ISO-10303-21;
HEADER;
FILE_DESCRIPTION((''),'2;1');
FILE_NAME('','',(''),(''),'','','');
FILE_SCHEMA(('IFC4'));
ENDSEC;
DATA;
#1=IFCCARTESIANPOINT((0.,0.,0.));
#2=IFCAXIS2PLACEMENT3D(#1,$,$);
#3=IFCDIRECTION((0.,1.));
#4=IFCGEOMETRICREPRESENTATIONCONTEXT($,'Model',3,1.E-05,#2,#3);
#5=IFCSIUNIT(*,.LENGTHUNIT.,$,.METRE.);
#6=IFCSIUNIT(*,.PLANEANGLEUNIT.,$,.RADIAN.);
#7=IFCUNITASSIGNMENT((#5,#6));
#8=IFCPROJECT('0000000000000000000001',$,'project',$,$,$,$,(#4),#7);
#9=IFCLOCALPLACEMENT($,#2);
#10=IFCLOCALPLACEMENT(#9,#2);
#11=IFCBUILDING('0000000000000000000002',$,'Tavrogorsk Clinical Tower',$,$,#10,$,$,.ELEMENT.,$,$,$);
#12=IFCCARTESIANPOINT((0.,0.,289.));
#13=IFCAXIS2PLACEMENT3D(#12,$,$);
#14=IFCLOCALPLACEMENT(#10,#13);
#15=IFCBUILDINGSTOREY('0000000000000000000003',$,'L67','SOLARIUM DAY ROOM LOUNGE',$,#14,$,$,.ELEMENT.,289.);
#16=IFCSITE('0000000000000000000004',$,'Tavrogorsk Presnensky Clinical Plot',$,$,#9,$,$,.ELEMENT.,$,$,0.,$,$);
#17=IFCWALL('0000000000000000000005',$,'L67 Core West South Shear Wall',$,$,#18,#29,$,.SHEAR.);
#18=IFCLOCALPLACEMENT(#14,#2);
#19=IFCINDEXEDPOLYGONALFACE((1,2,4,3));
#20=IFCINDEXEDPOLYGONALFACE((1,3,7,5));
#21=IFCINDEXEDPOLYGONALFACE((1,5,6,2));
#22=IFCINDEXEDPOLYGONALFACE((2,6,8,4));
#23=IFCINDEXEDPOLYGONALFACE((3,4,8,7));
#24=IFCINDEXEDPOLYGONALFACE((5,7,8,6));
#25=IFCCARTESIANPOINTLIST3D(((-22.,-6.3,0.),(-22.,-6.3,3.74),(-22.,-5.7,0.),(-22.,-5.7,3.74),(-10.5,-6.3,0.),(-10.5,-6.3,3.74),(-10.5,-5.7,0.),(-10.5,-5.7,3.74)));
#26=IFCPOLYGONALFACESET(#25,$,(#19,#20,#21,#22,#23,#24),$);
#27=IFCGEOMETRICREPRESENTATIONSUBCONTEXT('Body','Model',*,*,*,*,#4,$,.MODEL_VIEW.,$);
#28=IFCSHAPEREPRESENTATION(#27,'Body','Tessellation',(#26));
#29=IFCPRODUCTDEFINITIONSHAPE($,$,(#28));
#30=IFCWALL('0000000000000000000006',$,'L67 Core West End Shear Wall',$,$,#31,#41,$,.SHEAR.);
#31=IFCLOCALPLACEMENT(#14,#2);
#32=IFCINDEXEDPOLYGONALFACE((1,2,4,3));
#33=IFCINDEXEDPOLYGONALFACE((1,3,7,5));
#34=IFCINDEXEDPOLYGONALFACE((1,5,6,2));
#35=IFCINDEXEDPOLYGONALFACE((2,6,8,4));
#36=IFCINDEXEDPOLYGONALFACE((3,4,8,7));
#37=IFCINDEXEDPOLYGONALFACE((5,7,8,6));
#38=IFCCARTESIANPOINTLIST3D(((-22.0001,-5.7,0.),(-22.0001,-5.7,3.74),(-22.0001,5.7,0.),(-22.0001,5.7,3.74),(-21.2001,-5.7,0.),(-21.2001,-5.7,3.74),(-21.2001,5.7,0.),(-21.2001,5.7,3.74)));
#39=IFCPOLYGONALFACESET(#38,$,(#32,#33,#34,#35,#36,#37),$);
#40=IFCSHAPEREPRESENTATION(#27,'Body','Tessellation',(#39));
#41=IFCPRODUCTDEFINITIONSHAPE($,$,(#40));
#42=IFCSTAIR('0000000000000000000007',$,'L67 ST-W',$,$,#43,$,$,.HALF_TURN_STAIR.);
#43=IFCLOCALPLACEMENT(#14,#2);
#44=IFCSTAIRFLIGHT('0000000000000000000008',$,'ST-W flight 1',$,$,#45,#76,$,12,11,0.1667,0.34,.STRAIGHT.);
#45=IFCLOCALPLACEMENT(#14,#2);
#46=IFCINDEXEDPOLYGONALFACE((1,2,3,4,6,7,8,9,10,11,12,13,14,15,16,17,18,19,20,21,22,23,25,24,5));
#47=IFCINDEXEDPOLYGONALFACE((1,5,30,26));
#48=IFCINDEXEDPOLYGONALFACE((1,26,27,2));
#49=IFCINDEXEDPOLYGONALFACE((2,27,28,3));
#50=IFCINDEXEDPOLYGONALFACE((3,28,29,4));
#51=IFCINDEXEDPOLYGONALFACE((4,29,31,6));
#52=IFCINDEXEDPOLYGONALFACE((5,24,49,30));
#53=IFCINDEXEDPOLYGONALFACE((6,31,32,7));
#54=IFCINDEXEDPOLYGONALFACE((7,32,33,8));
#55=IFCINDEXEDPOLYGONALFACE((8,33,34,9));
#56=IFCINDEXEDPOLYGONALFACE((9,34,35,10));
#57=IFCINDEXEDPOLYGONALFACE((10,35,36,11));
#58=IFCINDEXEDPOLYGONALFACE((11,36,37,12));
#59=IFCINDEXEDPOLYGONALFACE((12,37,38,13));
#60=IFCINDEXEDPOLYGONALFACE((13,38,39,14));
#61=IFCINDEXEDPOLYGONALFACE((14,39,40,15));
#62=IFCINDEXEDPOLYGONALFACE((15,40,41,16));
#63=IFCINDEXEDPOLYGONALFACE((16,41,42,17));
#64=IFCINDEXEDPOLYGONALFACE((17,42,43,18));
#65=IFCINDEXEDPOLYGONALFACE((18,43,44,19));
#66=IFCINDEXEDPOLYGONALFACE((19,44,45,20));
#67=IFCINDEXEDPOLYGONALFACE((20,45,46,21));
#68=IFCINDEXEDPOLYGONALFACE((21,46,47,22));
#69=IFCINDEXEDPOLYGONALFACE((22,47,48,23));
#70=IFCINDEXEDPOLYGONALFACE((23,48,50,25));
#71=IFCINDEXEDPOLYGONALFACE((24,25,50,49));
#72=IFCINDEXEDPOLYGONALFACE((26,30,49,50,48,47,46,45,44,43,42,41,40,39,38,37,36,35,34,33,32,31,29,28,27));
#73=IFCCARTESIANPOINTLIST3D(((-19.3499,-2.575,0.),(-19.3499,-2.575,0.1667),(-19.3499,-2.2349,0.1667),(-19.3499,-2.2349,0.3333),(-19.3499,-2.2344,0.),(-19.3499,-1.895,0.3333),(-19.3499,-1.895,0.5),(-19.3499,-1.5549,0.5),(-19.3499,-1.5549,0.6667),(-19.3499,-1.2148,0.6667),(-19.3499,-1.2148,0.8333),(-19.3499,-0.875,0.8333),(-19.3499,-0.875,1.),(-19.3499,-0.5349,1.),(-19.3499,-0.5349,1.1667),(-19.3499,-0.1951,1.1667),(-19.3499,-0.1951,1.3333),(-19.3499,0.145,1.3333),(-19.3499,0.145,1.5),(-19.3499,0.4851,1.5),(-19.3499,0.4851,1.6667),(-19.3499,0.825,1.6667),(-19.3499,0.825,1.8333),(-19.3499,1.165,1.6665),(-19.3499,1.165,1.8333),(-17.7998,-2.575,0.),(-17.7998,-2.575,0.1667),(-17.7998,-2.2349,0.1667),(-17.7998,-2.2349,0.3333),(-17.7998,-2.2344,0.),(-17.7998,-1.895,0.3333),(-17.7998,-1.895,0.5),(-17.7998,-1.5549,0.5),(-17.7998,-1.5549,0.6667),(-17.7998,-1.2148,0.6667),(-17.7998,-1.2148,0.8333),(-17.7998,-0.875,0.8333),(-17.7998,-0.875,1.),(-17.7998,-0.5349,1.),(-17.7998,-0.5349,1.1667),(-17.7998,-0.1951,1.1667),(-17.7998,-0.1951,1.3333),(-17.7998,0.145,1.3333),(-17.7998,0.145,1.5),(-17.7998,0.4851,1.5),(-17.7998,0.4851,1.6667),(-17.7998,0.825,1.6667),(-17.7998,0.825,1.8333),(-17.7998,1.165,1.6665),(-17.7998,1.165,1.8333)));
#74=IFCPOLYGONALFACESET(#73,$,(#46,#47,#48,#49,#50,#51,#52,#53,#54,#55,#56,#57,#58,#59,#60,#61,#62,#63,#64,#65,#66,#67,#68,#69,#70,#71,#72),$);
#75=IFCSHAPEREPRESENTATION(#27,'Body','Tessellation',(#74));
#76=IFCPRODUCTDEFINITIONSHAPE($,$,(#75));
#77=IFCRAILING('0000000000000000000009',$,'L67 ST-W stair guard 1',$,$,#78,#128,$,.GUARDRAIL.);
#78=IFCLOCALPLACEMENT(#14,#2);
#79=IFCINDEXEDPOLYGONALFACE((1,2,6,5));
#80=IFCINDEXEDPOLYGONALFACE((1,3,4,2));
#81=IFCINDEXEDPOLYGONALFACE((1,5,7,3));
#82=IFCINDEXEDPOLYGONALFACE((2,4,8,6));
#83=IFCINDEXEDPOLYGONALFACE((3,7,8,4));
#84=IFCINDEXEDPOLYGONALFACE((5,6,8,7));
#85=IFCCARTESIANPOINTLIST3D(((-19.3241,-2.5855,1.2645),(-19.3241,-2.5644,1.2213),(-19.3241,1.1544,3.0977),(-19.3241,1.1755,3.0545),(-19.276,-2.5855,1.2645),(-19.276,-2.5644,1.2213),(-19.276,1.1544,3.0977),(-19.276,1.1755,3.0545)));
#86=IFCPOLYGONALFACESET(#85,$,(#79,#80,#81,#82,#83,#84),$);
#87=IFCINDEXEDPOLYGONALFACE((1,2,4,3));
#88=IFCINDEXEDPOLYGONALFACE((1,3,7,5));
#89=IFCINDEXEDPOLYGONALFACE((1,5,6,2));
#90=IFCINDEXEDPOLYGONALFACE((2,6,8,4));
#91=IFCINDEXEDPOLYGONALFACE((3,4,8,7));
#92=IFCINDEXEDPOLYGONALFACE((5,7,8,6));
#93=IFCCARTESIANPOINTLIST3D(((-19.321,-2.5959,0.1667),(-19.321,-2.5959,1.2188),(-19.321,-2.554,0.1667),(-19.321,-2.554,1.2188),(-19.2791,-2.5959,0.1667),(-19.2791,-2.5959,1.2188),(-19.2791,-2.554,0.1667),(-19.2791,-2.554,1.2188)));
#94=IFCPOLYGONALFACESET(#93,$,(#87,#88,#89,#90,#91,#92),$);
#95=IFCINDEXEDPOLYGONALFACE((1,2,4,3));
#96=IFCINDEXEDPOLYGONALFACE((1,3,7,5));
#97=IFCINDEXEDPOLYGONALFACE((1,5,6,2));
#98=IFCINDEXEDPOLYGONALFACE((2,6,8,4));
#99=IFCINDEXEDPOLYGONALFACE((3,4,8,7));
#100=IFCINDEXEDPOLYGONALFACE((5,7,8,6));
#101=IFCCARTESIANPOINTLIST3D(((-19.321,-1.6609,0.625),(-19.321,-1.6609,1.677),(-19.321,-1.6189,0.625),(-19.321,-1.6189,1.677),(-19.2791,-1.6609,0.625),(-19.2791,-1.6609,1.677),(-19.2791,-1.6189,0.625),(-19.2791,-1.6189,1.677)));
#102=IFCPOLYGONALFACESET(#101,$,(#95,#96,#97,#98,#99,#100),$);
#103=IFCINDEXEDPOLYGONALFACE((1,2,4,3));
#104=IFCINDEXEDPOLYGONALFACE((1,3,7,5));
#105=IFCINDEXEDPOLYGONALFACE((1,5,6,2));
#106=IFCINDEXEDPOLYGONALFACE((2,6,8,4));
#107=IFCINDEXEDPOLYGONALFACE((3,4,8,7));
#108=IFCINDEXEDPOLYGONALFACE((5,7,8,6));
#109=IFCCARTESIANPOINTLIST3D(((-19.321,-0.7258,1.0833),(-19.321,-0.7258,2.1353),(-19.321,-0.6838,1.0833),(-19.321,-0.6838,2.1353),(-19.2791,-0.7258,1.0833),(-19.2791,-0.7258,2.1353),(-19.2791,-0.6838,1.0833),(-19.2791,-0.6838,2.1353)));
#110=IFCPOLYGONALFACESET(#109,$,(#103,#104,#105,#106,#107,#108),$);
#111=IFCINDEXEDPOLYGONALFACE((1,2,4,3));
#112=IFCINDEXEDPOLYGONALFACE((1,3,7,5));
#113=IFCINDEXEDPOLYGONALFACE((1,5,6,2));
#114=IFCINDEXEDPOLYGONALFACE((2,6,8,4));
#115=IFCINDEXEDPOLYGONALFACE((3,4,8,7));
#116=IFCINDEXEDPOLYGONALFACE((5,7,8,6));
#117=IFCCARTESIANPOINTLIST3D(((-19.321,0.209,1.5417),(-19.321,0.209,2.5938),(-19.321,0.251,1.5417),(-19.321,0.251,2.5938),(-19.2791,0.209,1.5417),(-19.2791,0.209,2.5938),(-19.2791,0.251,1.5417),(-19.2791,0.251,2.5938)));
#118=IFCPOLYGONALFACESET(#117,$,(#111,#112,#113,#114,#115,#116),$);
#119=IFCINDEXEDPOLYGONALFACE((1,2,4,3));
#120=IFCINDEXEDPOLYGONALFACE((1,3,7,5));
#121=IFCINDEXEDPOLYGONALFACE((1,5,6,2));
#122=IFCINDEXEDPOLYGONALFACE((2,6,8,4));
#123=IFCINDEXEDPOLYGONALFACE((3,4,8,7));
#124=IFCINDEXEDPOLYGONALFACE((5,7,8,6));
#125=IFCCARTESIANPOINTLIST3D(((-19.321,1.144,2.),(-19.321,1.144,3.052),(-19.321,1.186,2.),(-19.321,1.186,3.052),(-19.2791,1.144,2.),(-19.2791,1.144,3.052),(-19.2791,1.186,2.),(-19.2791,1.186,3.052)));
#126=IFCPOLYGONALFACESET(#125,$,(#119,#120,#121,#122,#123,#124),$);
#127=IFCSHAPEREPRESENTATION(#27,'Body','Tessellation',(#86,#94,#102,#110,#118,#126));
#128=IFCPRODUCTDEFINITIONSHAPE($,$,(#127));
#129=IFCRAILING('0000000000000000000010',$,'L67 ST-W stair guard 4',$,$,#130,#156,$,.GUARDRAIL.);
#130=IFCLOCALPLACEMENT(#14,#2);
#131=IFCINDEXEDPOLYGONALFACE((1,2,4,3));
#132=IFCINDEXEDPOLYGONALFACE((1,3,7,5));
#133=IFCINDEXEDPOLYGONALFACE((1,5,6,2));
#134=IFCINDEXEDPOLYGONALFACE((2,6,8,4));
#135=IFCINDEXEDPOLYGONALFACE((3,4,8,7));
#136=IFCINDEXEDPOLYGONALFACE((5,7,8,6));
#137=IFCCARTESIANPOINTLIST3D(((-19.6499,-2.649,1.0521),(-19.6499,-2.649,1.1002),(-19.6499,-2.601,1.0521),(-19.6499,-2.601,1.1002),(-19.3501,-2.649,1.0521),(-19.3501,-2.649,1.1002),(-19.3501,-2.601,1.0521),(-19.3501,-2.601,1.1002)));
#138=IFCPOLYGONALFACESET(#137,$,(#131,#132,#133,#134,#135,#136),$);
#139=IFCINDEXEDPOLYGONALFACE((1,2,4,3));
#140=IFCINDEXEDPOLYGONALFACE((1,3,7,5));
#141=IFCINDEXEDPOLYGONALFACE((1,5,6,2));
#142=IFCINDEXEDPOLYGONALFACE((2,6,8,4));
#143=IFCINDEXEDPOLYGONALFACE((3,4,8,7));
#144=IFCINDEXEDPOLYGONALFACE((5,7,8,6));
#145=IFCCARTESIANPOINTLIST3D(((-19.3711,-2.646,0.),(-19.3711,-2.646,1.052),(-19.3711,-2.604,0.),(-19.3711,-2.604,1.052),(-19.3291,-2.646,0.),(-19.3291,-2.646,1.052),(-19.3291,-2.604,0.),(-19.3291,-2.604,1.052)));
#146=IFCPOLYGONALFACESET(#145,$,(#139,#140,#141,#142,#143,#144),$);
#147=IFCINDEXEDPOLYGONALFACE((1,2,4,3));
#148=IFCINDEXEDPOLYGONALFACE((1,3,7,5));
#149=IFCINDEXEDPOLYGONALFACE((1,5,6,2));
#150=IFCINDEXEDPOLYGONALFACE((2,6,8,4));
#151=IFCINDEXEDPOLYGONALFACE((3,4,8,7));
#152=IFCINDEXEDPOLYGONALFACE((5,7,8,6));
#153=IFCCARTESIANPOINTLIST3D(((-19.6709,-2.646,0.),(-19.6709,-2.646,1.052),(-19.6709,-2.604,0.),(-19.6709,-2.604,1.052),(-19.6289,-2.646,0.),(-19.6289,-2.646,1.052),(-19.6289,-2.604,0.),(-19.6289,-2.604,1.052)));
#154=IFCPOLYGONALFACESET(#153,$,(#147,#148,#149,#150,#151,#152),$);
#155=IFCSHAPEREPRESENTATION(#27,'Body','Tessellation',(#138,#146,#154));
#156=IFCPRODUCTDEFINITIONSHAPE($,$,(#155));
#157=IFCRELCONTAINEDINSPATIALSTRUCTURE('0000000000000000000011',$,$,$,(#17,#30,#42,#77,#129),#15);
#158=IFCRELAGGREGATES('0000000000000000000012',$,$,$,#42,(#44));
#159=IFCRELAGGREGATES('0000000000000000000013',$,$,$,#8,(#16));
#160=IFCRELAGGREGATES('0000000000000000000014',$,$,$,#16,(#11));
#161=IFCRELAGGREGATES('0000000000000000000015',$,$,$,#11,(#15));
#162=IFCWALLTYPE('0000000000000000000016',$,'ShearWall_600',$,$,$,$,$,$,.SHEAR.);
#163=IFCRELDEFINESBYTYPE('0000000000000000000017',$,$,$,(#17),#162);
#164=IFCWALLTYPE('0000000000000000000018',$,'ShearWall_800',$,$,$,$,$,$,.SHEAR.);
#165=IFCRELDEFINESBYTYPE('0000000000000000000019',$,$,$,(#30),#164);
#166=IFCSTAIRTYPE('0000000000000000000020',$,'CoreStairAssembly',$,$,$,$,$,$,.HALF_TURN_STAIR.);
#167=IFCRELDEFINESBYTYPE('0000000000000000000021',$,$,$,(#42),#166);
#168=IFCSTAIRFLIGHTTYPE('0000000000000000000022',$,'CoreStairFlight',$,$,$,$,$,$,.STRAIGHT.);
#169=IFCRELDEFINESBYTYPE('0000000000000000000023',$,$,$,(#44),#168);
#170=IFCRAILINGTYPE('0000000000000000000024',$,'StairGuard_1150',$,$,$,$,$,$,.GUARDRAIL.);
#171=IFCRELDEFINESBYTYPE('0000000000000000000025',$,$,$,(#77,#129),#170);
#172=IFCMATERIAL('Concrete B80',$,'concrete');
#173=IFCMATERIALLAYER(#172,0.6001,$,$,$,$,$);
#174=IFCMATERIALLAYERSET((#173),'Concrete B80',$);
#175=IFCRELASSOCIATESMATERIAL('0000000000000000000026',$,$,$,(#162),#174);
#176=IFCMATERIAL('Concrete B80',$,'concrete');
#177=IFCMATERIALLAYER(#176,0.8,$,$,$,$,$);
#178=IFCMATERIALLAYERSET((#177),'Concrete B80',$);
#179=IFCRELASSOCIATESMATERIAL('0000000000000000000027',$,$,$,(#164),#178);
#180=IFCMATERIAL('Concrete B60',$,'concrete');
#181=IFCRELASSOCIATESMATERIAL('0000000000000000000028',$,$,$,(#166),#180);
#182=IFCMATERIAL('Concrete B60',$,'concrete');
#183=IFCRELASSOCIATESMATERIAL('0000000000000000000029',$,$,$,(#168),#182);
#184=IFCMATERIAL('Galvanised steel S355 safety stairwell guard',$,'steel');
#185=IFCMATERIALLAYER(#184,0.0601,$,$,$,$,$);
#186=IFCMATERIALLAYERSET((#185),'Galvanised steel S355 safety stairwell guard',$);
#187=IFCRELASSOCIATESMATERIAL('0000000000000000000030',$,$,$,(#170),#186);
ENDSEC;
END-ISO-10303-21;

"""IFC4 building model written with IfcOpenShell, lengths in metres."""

from ifc_helpers import new_model, si_unit, direction, frame, frame_2d, origin, origin_2d, place, context, subcontext, project, spatial, polyline, rectangle, outline, extrude, material, layer, layer_set, type_object, element, aggregate, save


model = new_model("IFC4")

# Units and contexts
model_context = context("Model", 3, precision=1e-05, world=origin(), true_north=direction((0.0, 1.0)))
body_context = subcontext(model_context, "Body", "Model", "MODEL_VIEW")
ifc_project = project(units=[si_unit("LENGTHUNIT", "METRE"), si_unit("PLANEANGLEUNIT", "RADIAN")], contexts=[model_context])

# Site, building, storey
site_placement = place(None, origin())
site = spatial("IfcSite", under=ifc_project, at=site_placement, Name="Tavrogorsk Presnensky Clinical Plot", CompositionType="ELEMENT", RefElevation=0.0)
building_placement = place(site_placement, origin())
building = spatial("IfcBuilding", under=site, at=building_placement, Name="Tavrogorsk Clinical Tower", CompositionType="ELEMENT")
storey_placement = place(building_placement, frame((0.0, 0.0, 289.0)))
storey = spatial("IfcBuildingStorey", under=building, at=storey_placement, Name="L67", Description="SOLARIUM DAY ROOM LOUNGE", CompositionType="ELEMENT", Elevation=289.0)

# Walls
ifc_material_1 = material(Name="Concrete B80", Category="concrete")
ifc_layer_1 = layer(ifc_material_1, 0.6001)
ifc_layer_set_1 = layer_set([ifc_layer_1], Name="Concrete B80")
wall_type_1 = type_object("IfcWallType", Name="ShearWall_600", PredefinedType="SHEAR", material=ifc_layer_set_1)
wall_1_placement = place(storey_placement, frame((-22.0, -6.0, 0.0), z_axis=(0.0, 0.0, 1.0), x_axis=(1.0, 0.0, 0.0)))
element("IfcWall", 1, at=wall_1_placement, inside=storey, type_object=wall_type_1, Name="L67 Core West South Shear Wall", PredefinedType="SHEAR", context=body_context, shape_type="SweptSolid", body=[
    extrude(rectangle(XDim=11.5, YDim=0.6001, at=frame_2d((5.75, 0.0))), origin(), (0.0, 0.0, 1.0), 3.74),
])
ifc_material_2 = material(Name="Concrete B80", Category="concrete")
ifc_layer_2 = layer(ifc_material_2, 0.8)
ifc_layer_set_2 = layer_set([ifc_layer_2], Name="Concrete B80")
wall_type_2 = type_object("IfcWallType", Name="ShearWall_800", PredefinedType="SHEAR", material=ifc_layer_set_2)
wall_2_placement = place(storey_placement, frame((-21.6001, -5.7, 0.0), z_axis=(0.0, 0.0, 1.0), x_axis=(0.0, 1.0, 0.0)))
element("IfcWall", 2, at=wall_2_placement, inside=storey, type_object=wall_type_2, Name="L67 Core West End Shear Wall", PredefinedType="SHEAR", context=body_context, shape_type="SweptSolid", body=[
    extrude(rectangle(XDim=11.3999, YDim=0.8, at=frame_2d((5.7, 0.0))), origin(), (0.0, 0.0, 1.0), 3.74),
])

# Stair, stair flight
ifc_material_3 = material(Name="Concrete B60", Category="concrete")
stair_type = type_object("IfcStairType", Name="CoreStairAssembly", PredefinedType="HALF_TURN_STAIR", material=ifc_material_3)
stair_placement = place(storey_placement, origin())
stair = element("IfcStair", 3, at=stair_placement, inside=storey, type_object=stair_type, Name="L67 ST-W", PredefinedType="HALF_TURN_STAIR")
ifc_material_4 = material(Name="Concrete B60", Category="concrete")
stair_flight_type = type_object("IfcStairFlightType", Name="CoreStairFlight", PredefinedType="STRAIGHT", material=ifc_material_4)
stair_flight_placement = place(storey_placement, frame((-18.575, -2.575, 0.0), z_axis=(0.0, 0.0, 1.0), x_axis=(0.0, 1.0, 0.0)))
stair_flight = element("IfcStairFlight", 4, at=stair_flight_placement, type_object=stair_flight_type, Name="ST-W flight 1", NumberOfRisers=12, NumberOfTreads=11, PredefinedType="STRAIGHT", RiserHeight=0.1667, TreadLength=0.34, context=body_context, shape_type="SweptSolid", body=[
    extrude(outline(polyline([(0.0, 0.0), (0.0, 0.1667), (0.3401, 0.1667), (0.3401, 0.3333), (0.6799, 0.3333), (0.6799, 0.5), (1.02, 0.5), (1.02, 0.6667), (1.3601, 0.6667), (1.3601, 0.8333), (1.7, 0.8333), (1.7, 1.0), (2.04, 1.0), (2.04, 1.1667), (2.3799, 1.1667), (2.3799, 1.3333), (2.72, 1.3333), (2.72, 1.5), (3.0601, 1.5), (3.0601, 1.6667), (3.3999, 1.6667), (3.3999, 1.8333), (3.74, 1.8333), (3.74, 2.0), (3.74, 1.6665), (0.3406, 0.0), (0.0, 0.0)])), frame((0.0, 0.7749, 0.0), z_axis=(0.0, -1.0, 0.0), x_axis=(1.0, 0.0, 0.0)), (0.0, 0.0, 1.0), 1.55),
])
aggregate(stair, [stair_flight])

# Railings
ifc_material_5 = material(Name="Galvanised steel S355 safety stairwell guard", Category="steel")
ifc_layer_3 = layer(ifc_material_5, 0.0601)
ifc_layer_set_3 = layer_set([ifc_layer_3], Name="Galvanised steel S355 safety stairwell guard")
railing_type = type_object("IfcRailingType", Name="StairGuard_1150", PredefinedType="GUARDRAIL", material=ifc_layer_set_3)
railing_1_placement = place(storey_placement, frame((-19.3, -2.575, 0.1667)))
element("IfcRailing", 5, at=railing_1_placement, inside=storey, type_object=railing_type, Name="L67 ST-W stair guard 1", PredefinedType="GUARDRAIL", context=body_context, shape_type="SweptSolid", body=[
    extrude(rectangle(XDim=0.0481, YDim=0.0481, at=origin_2d()), frame((0.0, 0.0, 1.0762), z_axis=(0.0, 0.897928, 0.440142), x_axis=(-1.0, 0.0, 0.0)), (0.0, 0.0, 1.0), 4.165),
    extrude(rectangle(XDim=0.042, YDim=0.042, at=origin_2d()), origin(), (0.0, 0.0, 1.0), 1.052),
    extrude(rectangle(XDim=0.042, YDim=0.042, at=origin_2d()), frame((0.0, 0.9351, 0.4583)), (0.0, 0.0, 1.0), 1.052),
    extrude(rectangle(XDim=0.042, YDim=0.042, at=origin_2d()), frame((0.0, 1.8701, 0.9165)), (0.0, 0.0, 1.0), 1.052),
    extrude(rectangle(XDim=0.042, YDim=0.042, at=origin_2d()), frame((0.0, 2.8049, 1.375)), (0.0, 0.0, 1.0), 1.052),
    extrude(rectangle(XDim=0.042, YDim=0.042, at=origin_2d()), frame((0.0, 3.74, 1.8333)), (0.0, 0.0, 1.0), 1.052),
])
railing_2_placement = place(storey_placement, frame((-19.3501, -2.625, 0.0)))
element("IfcRailing", 6, at=railing_2_placement, inside=storey, type_object=railing_type, Name="L67 ST-W stair guard 4", PredefinedType="GUARDRAIL", context=body_context, shape_type="SweptSolid", body=[
    extrude(rectangle(XDim=0.0481, YDim=0.0481, at=origin_2d()), frame((0.0, 0.0, 1.0762), z_axis=(-1.0, 0.0, 0.0), x_axis=(0.0, -1.0, 0.0)), (0.0, 0.0, 1.0), 0.2998),
    extrude(rectangle(XDim=0.042, YDim=0.042, at=origin_2d()), origin(), (0.0, 0.0, 1.0), 1.052),
    extrude(rectangle(XDim=0.042, YDim=0.042, at=origin_2d()), frame((-0.2998, 0.0, 0.0)), (0.0, 0.0, 1.0), 1.052),
])

save(model, "model.ifc")
